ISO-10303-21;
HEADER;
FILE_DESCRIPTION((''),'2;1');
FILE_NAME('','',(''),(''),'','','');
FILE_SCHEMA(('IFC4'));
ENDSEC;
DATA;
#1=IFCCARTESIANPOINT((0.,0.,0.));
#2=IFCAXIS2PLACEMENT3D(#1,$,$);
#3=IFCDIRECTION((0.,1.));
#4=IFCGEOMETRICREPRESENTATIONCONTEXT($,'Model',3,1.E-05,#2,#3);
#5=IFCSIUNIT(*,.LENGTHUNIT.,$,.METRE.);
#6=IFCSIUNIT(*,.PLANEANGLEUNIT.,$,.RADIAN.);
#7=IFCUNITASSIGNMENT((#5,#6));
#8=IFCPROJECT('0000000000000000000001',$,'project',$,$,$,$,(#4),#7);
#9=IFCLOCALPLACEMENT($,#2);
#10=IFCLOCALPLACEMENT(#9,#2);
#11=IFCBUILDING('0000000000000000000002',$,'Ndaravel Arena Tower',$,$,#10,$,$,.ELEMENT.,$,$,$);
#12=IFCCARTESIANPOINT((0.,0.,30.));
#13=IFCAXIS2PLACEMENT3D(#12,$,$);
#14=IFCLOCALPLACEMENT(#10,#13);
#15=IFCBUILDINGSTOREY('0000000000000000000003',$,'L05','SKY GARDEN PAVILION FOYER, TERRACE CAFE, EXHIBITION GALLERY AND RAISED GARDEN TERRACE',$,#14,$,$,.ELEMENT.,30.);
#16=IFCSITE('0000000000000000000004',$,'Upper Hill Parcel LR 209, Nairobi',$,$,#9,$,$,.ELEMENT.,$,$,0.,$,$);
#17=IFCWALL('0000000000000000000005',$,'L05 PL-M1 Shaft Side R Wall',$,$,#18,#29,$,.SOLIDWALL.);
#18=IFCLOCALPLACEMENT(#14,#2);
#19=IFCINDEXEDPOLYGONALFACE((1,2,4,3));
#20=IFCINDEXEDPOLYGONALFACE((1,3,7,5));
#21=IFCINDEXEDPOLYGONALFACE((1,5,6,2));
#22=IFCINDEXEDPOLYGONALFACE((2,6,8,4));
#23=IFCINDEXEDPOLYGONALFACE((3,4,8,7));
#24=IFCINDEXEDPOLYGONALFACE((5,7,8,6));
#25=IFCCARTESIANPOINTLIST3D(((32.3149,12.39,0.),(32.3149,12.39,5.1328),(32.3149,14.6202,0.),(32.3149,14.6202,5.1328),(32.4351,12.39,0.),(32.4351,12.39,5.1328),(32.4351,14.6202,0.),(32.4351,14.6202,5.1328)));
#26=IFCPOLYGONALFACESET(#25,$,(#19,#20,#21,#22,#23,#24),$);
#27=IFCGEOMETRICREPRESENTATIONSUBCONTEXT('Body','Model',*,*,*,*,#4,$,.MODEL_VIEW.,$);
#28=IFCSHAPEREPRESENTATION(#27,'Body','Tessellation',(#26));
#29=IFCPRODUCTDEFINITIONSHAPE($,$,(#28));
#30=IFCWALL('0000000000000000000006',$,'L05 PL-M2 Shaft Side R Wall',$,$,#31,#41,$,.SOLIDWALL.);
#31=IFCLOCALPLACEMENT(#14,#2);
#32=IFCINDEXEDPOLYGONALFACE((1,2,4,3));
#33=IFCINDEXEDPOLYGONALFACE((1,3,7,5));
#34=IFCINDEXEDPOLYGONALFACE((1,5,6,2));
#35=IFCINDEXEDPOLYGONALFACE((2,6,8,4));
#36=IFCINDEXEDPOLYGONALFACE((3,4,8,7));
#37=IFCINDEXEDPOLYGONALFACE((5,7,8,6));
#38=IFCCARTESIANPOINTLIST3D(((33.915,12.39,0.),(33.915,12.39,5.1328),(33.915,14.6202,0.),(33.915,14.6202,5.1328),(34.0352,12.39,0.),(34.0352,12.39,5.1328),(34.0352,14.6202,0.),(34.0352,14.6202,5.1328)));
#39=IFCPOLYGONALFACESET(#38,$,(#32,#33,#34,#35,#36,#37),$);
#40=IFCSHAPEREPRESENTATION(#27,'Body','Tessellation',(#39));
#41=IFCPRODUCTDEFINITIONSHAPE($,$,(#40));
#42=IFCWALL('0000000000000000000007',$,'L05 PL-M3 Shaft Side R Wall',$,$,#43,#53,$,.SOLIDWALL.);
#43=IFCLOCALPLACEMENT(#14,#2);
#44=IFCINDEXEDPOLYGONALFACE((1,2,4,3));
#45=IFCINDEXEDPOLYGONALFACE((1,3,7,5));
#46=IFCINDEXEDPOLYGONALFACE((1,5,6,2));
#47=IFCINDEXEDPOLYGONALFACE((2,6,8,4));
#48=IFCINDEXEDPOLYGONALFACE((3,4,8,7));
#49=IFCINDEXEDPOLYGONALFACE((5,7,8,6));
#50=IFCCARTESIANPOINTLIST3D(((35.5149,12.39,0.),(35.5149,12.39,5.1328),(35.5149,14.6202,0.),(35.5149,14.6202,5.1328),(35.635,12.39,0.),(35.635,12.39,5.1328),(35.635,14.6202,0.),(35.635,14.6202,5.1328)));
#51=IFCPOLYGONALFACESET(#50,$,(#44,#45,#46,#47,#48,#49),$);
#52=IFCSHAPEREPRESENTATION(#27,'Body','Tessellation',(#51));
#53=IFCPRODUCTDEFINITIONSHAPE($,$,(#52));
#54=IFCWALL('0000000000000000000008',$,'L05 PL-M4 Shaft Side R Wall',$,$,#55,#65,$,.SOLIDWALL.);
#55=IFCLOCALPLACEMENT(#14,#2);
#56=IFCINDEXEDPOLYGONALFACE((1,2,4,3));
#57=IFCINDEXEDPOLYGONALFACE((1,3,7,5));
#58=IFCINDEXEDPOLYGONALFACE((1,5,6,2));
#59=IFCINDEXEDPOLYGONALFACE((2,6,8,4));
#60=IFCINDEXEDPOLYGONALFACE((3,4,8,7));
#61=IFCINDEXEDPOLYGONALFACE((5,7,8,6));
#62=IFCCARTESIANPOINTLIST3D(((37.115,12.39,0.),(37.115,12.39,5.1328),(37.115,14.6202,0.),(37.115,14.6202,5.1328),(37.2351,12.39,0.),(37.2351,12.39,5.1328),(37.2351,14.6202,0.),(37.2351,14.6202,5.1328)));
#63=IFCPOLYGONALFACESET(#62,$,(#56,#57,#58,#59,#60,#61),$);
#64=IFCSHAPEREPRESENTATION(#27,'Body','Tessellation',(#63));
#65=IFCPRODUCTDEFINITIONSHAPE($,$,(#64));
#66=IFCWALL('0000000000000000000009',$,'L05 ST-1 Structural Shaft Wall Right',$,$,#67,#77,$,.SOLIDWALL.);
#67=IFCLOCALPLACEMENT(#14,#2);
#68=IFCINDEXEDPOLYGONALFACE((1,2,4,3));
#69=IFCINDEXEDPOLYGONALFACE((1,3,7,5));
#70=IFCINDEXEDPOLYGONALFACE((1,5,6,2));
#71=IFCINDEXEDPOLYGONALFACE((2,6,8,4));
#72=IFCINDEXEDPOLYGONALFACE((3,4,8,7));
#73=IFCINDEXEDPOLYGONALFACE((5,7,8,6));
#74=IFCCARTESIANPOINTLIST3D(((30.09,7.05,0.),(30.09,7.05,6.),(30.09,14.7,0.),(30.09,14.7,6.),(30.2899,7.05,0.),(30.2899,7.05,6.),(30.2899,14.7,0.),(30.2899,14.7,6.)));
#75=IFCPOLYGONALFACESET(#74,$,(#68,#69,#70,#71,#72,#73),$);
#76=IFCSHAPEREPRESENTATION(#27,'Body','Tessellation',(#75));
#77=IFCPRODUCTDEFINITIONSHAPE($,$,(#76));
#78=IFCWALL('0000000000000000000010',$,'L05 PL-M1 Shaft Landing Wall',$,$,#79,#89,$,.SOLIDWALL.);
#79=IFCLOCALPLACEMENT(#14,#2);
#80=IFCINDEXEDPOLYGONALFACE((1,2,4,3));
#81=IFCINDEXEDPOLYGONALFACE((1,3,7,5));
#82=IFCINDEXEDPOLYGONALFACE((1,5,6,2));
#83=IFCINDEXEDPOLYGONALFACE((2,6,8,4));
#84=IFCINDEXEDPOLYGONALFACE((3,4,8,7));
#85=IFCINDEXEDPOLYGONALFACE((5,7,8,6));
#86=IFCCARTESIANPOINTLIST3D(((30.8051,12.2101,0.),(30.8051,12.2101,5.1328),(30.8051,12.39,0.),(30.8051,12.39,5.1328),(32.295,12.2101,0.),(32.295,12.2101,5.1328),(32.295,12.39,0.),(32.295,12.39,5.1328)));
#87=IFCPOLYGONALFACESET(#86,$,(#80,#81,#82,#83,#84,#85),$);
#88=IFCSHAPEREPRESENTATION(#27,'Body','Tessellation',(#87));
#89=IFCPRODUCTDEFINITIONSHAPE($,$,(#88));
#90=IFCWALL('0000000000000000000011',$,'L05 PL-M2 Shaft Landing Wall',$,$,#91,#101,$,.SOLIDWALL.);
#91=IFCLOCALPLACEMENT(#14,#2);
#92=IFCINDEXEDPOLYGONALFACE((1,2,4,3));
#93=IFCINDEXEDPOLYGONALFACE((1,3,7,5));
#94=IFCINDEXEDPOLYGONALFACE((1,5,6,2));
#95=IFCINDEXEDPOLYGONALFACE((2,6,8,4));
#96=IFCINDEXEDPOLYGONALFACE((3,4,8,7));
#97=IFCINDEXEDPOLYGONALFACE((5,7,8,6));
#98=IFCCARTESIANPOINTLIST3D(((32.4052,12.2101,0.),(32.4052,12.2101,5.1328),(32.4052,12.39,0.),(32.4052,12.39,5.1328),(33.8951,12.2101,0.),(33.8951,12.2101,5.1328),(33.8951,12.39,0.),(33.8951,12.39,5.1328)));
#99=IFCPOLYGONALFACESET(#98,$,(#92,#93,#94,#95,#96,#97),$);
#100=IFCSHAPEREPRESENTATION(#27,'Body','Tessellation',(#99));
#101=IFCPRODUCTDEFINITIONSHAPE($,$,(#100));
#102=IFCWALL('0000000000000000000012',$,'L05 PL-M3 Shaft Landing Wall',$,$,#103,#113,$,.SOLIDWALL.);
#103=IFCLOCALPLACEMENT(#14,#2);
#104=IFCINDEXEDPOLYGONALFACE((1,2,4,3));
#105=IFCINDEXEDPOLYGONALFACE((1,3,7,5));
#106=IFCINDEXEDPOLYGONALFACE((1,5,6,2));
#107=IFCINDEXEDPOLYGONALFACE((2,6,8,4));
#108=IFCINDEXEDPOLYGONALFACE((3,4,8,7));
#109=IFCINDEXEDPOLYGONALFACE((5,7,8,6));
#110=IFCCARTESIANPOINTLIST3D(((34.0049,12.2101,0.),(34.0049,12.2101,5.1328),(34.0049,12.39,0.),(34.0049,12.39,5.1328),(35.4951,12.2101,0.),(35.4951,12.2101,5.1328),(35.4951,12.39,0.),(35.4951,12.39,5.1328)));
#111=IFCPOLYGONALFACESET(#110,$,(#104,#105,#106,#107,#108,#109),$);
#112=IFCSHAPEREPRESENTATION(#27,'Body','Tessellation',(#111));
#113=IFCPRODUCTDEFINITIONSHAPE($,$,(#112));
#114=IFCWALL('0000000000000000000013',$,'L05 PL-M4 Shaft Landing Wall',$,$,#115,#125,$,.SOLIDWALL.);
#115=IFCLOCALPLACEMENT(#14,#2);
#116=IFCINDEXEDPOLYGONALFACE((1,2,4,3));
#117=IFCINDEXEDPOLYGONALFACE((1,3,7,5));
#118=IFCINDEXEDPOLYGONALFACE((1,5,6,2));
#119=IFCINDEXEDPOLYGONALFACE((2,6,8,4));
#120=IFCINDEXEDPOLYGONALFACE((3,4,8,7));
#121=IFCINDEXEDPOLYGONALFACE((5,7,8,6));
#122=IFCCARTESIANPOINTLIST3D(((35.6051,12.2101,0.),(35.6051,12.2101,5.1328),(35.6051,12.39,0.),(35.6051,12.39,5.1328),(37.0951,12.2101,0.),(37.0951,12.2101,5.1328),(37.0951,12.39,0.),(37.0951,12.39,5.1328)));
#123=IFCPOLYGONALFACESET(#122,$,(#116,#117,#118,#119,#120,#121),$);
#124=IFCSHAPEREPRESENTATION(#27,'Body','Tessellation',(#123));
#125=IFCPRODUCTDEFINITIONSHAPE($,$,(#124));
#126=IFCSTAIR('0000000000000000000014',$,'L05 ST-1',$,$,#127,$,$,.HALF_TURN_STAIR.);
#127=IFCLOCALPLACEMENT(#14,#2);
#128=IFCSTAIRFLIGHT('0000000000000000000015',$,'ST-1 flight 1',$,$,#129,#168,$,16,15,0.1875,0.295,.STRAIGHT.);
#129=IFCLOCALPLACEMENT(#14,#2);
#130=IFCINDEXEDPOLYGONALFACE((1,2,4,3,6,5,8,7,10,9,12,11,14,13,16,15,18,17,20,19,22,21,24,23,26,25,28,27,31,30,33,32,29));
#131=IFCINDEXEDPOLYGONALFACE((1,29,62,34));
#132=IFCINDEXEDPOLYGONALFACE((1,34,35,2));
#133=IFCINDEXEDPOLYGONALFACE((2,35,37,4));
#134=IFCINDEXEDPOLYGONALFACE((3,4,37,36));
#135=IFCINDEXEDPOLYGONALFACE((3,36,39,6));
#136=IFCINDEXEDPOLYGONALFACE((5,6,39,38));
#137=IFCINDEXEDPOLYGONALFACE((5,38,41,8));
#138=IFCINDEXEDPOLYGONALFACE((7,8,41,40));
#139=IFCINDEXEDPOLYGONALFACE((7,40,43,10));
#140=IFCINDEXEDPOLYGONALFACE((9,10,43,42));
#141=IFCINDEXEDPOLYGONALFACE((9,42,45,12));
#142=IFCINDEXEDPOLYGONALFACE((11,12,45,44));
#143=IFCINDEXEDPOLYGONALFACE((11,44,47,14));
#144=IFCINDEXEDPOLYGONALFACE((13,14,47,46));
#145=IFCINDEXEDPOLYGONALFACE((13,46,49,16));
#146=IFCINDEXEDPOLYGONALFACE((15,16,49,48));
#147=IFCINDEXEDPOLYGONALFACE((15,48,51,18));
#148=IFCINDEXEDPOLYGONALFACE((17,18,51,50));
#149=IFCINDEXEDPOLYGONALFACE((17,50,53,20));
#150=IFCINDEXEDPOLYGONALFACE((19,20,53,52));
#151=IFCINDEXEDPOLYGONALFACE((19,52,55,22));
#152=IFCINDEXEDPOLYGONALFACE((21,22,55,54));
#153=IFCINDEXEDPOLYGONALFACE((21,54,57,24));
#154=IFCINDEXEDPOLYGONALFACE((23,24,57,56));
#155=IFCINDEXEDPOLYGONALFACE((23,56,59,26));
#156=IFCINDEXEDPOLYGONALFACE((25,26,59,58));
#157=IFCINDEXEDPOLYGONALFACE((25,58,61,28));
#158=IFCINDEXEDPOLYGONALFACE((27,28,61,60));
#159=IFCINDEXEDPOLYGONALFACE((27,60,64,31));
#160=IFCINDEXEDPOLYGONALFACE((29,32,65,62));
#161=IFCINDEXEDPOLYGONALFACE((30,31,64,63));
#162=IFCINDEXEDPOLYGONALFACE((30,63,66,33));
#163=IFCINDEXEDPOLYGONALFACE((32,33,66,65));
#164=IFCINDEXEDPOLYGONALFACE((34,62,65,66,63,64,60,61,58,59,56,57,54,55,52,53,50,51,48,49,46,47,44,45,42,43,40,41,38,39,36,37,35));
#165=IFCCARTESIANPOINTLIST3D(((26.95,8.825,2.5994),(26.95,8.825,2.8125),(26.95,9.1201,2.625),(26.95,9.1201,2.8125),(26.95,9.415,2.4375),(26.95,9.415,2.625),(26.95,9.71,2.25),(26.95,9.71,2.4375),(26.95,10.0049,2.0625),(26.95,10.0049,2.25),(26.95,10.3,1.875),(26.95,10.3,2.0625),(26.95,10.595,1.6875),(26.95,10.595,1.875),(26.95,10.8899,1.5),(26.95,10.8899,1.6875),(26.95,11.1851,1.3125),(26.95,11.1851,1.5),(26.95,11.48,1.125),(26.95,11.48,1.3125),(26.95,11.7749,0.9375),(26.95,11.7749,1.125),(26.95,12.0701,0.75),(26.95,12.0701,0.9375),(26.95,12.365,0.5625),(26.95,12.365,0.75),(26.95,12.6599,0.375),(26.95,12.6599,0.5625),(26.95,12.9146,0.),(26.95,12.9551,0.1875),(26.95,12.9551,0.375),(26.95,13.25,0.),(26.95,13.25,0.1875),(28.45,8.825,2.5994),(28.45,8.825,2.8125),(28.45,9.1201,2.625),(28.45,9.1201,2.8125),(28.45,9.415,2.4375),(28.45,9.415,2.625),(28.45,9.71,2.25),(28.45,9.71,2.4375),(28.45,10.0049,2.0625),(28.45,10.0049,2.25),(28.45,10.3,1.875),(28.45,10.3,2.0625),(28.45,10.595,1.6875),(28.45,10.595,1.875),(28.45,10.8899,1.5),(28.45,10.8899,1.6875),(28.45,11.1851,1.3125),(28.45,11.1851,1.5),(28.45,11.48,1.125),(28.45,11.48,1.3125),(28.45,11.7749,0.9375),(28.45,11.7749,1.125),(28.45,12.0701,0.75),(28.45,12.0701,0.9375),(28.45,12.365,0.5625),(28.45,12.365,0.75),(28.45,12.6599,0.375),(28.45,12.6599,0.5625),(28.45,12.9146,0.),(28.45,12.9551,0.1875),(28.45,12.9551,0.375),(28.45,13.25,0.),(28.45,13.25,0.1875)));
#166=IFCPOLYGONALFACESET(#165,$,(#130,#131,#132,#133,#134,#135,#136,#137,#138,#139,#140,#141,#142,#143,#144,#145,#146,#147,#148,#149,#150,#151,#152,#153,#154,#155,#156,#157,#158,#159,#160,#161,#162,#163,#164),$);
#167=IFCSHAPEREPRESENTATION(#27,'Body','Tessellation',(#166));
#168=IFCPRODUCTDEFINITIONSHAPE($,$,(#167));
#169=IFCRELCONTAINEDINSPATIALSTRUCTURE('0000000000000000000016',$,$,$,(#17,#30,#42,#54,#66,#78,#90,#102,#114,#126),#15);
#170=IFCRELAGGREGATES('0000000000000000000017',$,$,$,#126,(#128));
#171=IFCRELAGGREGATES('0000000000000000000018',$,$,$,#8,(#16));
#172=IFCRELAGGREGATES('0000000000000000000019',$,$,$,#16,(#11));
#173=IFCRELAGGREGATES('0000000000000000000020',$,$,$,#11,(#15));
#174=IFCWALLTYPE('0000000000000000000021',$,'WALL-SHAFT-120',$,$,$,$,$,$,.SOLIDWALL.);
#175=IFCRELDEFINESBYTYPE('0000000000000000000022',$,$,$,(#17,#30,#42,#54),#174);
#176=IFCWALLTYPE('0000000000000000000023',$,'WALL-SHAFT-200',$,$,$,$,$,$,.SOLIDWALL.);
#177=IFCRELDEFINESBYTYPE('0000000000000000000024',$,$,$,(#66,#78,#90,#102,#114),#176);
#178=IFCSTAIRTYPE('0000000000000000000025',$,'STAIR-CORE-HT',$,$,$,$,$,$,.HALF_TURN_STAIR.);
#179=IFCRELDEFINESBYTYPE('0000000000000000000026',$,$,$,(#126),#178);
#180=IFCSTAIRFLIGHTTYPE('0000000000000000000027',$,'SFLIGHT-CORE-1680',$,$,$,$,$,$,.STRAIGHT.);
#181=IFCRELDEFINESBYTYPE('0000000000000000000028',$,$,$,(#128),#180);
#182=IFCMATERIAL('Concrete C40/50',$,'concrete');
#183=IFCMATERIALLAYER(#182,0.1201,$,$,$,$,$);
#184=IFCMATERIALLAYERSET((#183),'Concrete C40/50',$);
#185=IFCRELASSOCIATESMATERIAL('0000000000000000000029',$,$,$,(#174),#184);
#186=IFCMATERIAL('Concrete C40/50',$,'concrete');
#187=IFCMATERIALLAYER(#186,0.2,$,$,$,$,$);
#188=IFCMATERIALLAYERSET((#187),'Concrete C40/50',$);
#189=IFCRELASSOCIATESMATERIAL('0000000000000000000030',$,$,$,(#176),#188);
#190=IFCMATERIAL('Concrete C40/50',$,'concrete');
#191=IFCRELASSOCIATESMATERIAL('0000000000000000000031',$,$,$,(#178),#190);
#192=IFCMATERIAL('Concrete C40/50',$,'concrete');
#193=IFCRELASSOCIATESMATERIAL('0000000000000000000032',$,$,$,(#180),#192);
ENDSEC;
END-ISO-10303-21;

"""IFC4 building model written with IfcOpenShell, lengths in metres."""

from ifc_helpers import new_model, si_unit, direction, frame, frame_2d, origin, place, context, subcontext, project, spatial, polyline, rectangle, outline, extrude, material, layer, layer_set, type_object, element, aggregate, save


model = new_model("IFC4")

# Units and contexts
model_context = context("Model", 3, precision=1e-05, world=origin(), true_north=direction((0.0, 1.0)))
body_context = subcontext(model_context, "Body", "Model", "MODEL_VIEW")
ifc_project = project(units=[si_unit("LENGTHUNIT", "METRE"), si_unit("PLANEANGLEUNIT", "RADIAN")], contexts=[model_context])

# Site, building, storey
site_placement = place(None, origin())
site = spatial("IfcSite", under=ifc_project, at=site_placement, Name="Upper Hill Parcel LR 209, Nairobi", CompositionType="ELEMENT", RefElevation=0.0)
building_placement = place(site_placement, origin())
building = spatial("IfcBuilding", under=site, at=building_placement, Name="Ndaravel Arena Tower", CompositionType="ELEMENT")
storey_placement = place(building_placement, frame((0.0, 0.0, 30.0)))
storey = spatial("IfcBuildingStorey", under=building, at=storey_placement, Name="L05", Description="SKY GARDEN PAVILION FOYER, TERRACE CAFE, EXHIBITION GALLERY AND RAISED GARDEN TERRACE", CompositionType="ELEMENT", Elevation=30.0)

# Walls
ifc_material_1 = material(Name="Concrete C40/50", Category="concrete")
ifc_layer_1 = layer(ifc_material_1, 0.1201)
ifc_layer_set_1 = layer_set([ifc_layer_1], Name="Concrete C40/50")
wall_type_1 = type_object("IfcWallType", Name="WALL-SHAFT-120", PredefinedType="SOLIDWALL", material=ifc_layer_set_1)
for number, where, z_axis, x_axis, name in (
    (1, (32.375, 12.3899, 0.0), (0.0, 0.0, 1.0), (0.0, 1.0, 0.0), "L05 PL-M1 Shaft Side R Wall"),
    (2, (33.9751, 12.3899, 0.0), (0.0, 0.0, 1.0), (0.0, 1.0, 0.0), "L05 PL-M2 Shaft Side R Wall"),
    (3, (35.575, 12.3899, 0.0), (0.0, 0.0, 1.0), (0.0, 1.0, 0.0), "L05 PL-M3 Shaft Side R Wall"),
    (4, (37.175, 12.3899, 0.0), (0.0, 0.0, 1.0), (0.0, 1.0, 0.0), "L05 PL-M4 Shaft Side R Wall"),
):
    element("IfcWall", number, at=place(storey_placement, frame(where, z_axis=z_axis, x_axis=x_axis)), inside=storey, type_object=wall_type_1, Name=name, PredefinedType="SOLIDWALL", context=body_context, shape_type="SweptSolid", body=[
        extrude(rectangle(XDim=2.2302, YDim=0.1201, at=frame_2d((1.1152, 0.0))), origin(), (0.0, 0.0, 1.0), 5.1328),
    ])
ifc_material_2 = material(Name="Concrete C40/50", Category="concrete")
ifc_layer_2 = layer(ifc_material_2, 0.2)
ifc_layer_set_2 = layer_set([ifc_layer_2], Name="Concrete C40/50")
wall_type_2 = type_object("IfcWallType", Name="WALL-SHAFT-200", PredefinedType="SOLIDWALL", material=ifc_layer_set_2)
wall_1_placement = place(storey_placement, frame((30.1899, 14.7, 0.0), z_axis=(0.0, 0.0, 1.0), x_axis=(0.0, -1.0, 0.0)))
element("IfcWall", 5, at=wall_1_placement, inside=storey, type_object=wall_type_2, Name="L05 ST-1 Structural Shaft Wall Right", PredefinedType="SOLIDWALL", context=body_context, shape_type="SweptSolid", body=[
    extrude(rectangle(XDim=7.6499, YDim=0.2, at=frame_2d((3.825, 0.0))), origin(), (0.0, 0.0, 1.0), 6.0),
])
for number, where, z_axis, x_axis, name in (
    (6, (30.8049, 12.3, 0.0), (0.0, 0.0, 1.0), (1.0, 0.0, 0.0), "L05 PL-M1 Shaft Landing Wall"),
    (7, (32.405, 12.3, 0.0), (0.0, 0.0, 1.0), (1.0, 0.0, 0.0), "L05 PL-M2 Shaft Landing Wall"),
):
    element("IfcWall", number, at=place(storey_placement, frame(where, z_axis=z_axis, x_axis=x_axis)), inside=storey, type_object=wall_type_2, Name=name, PredefinedType="SOLIDWALL", context=body_context, shape_type="SweptSolid", body=[
        extrude(rectangle(XDim=1.49, YDim=0.1799, at=frame_2d((0.7451, 0.0))), origin(), (0.0, 0.0, 1.0), 5.1328),
    ])
wall_2_placement = place(storey_placement, frame((34.0049, 12.3, 0.0), z_axis=(0.0, 0.0, 1.0), x_axis=(1.0, 0.0, 0.0)))
element("IfcWall", 8, at=wall_2_placement, inside=storey, type_object=wall_type_2, Name="L05 PL-M3 Shaft Landing Wall", PredefinedType="SOLIDWALL", context=body_context, shape_type="SweptSolid", body=[
    extrude(rectangle(XDim=1.4902, YDim=0.1799, at=frame_2d((0.7451, 0.0))), origin(), (0.0, 0.0, 1.0), 5.1328),
])
wall_3_placement = place(storey_placement, frame((35.605, 12.3, 0.0), z_axis=(0.0, 0.0, 1.0), x_axis=(1.0, 0.0, 0.0)))
element("IfcWall", 9, at=wall_3_placement, inside=storey, type_object=wall_type_2, Name="L05 PL-M4 Shaft Landing Wall", PredefinedType="SOLIDWALL", context=body_context, shape_type="SweptSolid", body=[
    extrude(rectangle(XDim=1.49, YDim=0.1799, at=frame_2d((0.7451, 0.0))), origin(), (0.0, 0.0, 1.0), 5.1328),
])

# Stair, stair flight
ifc_material_3 = material(Name="Concrete C40/50", Category="concrete")
stair_type = type_object("IfcStairType", Name="STAIR-CORE-HT", PredefinedType="HALF_TURN_STAIR", material=ifc_material_3)
stair_1_placement = place(storey_placement, origin())
stair_1 = element("IfcStair", 10, at=stair_1_placement, inside=storey, type_object=stair_type, Name="L05 ST-1", PredefinedType="HALF_TURN_STAIR")
ifc_material_4 = material(Name="Concrete C40/50", Category="concrete")
stair_flight_type = type_object("IfcStairFlightType", Name="SFLIGHT-CORE-1680", PredefinedType="STRAIGHT", material=ifc_material_4)
stair_flight_1_placement = place(storey_placement, frame((27.7, 13.25, 0.0), z_axis=(0.0, 0.0, 1.0), x_axis=(0.0, -1.0, 0.0)))
stair_flight_1 = element("IfcStairFlight", 11, at=stair_flight_1_placement, type_object=stair_flight_type, Name="ST-1 flight 1", NumberOfRisers=16, NumberOfTreads=15, PredefinedType="STRAIGHT", RiserHeight=0.1875, TreadLength=0.295, context=body_context, shape_type="SweptSolid", body=[
    extrude(outline(polyline([(0.0, 0.0), (0.0, 0.1875), (0.2949, 0.1875), (0.2949, 0.375), (0.5901, 0.375), (0.5901, 0.5625), (0.885, 0.5625), (0.885, 0.75), (1.1799, 0.75), (1.1799, 0.9375), (1.4751, 0.9375), (1.4751, 1.125), (1.77, 1.125), (1.77, 1.3125), (2.0649, 1.3125), (2.0649, 1.5), (2.3601, 1.5), (2.3601, 1.6875), (2.655, 1.6875), (2.655, 1.875), (2.95, 1.875), (2.95, 2.0625), (3.2451, 2.0625), (3.2451, 2.25), (3.54, 2.25), (3.54, 2.4375), (3.835, 2.4375), (3.835, 2.625), (4.1299, 2.625), (4.1299, 2.8125), (4.425, 2.8125), (4.425, 3.0), (4.425, 2.5994), (0.3354, 0.0), (0.0, 0.0)])), frame((0.0, 0.75, 0.0), z_axis=(0.0, -1.0, 0.0), x_axis=(1.0, 0.0, 0.0)), (0.0, 0.0, 1.0), 1.5),
])
aggregate(stair_1, [stair_flight_1])

save(model, "model.ifc")
